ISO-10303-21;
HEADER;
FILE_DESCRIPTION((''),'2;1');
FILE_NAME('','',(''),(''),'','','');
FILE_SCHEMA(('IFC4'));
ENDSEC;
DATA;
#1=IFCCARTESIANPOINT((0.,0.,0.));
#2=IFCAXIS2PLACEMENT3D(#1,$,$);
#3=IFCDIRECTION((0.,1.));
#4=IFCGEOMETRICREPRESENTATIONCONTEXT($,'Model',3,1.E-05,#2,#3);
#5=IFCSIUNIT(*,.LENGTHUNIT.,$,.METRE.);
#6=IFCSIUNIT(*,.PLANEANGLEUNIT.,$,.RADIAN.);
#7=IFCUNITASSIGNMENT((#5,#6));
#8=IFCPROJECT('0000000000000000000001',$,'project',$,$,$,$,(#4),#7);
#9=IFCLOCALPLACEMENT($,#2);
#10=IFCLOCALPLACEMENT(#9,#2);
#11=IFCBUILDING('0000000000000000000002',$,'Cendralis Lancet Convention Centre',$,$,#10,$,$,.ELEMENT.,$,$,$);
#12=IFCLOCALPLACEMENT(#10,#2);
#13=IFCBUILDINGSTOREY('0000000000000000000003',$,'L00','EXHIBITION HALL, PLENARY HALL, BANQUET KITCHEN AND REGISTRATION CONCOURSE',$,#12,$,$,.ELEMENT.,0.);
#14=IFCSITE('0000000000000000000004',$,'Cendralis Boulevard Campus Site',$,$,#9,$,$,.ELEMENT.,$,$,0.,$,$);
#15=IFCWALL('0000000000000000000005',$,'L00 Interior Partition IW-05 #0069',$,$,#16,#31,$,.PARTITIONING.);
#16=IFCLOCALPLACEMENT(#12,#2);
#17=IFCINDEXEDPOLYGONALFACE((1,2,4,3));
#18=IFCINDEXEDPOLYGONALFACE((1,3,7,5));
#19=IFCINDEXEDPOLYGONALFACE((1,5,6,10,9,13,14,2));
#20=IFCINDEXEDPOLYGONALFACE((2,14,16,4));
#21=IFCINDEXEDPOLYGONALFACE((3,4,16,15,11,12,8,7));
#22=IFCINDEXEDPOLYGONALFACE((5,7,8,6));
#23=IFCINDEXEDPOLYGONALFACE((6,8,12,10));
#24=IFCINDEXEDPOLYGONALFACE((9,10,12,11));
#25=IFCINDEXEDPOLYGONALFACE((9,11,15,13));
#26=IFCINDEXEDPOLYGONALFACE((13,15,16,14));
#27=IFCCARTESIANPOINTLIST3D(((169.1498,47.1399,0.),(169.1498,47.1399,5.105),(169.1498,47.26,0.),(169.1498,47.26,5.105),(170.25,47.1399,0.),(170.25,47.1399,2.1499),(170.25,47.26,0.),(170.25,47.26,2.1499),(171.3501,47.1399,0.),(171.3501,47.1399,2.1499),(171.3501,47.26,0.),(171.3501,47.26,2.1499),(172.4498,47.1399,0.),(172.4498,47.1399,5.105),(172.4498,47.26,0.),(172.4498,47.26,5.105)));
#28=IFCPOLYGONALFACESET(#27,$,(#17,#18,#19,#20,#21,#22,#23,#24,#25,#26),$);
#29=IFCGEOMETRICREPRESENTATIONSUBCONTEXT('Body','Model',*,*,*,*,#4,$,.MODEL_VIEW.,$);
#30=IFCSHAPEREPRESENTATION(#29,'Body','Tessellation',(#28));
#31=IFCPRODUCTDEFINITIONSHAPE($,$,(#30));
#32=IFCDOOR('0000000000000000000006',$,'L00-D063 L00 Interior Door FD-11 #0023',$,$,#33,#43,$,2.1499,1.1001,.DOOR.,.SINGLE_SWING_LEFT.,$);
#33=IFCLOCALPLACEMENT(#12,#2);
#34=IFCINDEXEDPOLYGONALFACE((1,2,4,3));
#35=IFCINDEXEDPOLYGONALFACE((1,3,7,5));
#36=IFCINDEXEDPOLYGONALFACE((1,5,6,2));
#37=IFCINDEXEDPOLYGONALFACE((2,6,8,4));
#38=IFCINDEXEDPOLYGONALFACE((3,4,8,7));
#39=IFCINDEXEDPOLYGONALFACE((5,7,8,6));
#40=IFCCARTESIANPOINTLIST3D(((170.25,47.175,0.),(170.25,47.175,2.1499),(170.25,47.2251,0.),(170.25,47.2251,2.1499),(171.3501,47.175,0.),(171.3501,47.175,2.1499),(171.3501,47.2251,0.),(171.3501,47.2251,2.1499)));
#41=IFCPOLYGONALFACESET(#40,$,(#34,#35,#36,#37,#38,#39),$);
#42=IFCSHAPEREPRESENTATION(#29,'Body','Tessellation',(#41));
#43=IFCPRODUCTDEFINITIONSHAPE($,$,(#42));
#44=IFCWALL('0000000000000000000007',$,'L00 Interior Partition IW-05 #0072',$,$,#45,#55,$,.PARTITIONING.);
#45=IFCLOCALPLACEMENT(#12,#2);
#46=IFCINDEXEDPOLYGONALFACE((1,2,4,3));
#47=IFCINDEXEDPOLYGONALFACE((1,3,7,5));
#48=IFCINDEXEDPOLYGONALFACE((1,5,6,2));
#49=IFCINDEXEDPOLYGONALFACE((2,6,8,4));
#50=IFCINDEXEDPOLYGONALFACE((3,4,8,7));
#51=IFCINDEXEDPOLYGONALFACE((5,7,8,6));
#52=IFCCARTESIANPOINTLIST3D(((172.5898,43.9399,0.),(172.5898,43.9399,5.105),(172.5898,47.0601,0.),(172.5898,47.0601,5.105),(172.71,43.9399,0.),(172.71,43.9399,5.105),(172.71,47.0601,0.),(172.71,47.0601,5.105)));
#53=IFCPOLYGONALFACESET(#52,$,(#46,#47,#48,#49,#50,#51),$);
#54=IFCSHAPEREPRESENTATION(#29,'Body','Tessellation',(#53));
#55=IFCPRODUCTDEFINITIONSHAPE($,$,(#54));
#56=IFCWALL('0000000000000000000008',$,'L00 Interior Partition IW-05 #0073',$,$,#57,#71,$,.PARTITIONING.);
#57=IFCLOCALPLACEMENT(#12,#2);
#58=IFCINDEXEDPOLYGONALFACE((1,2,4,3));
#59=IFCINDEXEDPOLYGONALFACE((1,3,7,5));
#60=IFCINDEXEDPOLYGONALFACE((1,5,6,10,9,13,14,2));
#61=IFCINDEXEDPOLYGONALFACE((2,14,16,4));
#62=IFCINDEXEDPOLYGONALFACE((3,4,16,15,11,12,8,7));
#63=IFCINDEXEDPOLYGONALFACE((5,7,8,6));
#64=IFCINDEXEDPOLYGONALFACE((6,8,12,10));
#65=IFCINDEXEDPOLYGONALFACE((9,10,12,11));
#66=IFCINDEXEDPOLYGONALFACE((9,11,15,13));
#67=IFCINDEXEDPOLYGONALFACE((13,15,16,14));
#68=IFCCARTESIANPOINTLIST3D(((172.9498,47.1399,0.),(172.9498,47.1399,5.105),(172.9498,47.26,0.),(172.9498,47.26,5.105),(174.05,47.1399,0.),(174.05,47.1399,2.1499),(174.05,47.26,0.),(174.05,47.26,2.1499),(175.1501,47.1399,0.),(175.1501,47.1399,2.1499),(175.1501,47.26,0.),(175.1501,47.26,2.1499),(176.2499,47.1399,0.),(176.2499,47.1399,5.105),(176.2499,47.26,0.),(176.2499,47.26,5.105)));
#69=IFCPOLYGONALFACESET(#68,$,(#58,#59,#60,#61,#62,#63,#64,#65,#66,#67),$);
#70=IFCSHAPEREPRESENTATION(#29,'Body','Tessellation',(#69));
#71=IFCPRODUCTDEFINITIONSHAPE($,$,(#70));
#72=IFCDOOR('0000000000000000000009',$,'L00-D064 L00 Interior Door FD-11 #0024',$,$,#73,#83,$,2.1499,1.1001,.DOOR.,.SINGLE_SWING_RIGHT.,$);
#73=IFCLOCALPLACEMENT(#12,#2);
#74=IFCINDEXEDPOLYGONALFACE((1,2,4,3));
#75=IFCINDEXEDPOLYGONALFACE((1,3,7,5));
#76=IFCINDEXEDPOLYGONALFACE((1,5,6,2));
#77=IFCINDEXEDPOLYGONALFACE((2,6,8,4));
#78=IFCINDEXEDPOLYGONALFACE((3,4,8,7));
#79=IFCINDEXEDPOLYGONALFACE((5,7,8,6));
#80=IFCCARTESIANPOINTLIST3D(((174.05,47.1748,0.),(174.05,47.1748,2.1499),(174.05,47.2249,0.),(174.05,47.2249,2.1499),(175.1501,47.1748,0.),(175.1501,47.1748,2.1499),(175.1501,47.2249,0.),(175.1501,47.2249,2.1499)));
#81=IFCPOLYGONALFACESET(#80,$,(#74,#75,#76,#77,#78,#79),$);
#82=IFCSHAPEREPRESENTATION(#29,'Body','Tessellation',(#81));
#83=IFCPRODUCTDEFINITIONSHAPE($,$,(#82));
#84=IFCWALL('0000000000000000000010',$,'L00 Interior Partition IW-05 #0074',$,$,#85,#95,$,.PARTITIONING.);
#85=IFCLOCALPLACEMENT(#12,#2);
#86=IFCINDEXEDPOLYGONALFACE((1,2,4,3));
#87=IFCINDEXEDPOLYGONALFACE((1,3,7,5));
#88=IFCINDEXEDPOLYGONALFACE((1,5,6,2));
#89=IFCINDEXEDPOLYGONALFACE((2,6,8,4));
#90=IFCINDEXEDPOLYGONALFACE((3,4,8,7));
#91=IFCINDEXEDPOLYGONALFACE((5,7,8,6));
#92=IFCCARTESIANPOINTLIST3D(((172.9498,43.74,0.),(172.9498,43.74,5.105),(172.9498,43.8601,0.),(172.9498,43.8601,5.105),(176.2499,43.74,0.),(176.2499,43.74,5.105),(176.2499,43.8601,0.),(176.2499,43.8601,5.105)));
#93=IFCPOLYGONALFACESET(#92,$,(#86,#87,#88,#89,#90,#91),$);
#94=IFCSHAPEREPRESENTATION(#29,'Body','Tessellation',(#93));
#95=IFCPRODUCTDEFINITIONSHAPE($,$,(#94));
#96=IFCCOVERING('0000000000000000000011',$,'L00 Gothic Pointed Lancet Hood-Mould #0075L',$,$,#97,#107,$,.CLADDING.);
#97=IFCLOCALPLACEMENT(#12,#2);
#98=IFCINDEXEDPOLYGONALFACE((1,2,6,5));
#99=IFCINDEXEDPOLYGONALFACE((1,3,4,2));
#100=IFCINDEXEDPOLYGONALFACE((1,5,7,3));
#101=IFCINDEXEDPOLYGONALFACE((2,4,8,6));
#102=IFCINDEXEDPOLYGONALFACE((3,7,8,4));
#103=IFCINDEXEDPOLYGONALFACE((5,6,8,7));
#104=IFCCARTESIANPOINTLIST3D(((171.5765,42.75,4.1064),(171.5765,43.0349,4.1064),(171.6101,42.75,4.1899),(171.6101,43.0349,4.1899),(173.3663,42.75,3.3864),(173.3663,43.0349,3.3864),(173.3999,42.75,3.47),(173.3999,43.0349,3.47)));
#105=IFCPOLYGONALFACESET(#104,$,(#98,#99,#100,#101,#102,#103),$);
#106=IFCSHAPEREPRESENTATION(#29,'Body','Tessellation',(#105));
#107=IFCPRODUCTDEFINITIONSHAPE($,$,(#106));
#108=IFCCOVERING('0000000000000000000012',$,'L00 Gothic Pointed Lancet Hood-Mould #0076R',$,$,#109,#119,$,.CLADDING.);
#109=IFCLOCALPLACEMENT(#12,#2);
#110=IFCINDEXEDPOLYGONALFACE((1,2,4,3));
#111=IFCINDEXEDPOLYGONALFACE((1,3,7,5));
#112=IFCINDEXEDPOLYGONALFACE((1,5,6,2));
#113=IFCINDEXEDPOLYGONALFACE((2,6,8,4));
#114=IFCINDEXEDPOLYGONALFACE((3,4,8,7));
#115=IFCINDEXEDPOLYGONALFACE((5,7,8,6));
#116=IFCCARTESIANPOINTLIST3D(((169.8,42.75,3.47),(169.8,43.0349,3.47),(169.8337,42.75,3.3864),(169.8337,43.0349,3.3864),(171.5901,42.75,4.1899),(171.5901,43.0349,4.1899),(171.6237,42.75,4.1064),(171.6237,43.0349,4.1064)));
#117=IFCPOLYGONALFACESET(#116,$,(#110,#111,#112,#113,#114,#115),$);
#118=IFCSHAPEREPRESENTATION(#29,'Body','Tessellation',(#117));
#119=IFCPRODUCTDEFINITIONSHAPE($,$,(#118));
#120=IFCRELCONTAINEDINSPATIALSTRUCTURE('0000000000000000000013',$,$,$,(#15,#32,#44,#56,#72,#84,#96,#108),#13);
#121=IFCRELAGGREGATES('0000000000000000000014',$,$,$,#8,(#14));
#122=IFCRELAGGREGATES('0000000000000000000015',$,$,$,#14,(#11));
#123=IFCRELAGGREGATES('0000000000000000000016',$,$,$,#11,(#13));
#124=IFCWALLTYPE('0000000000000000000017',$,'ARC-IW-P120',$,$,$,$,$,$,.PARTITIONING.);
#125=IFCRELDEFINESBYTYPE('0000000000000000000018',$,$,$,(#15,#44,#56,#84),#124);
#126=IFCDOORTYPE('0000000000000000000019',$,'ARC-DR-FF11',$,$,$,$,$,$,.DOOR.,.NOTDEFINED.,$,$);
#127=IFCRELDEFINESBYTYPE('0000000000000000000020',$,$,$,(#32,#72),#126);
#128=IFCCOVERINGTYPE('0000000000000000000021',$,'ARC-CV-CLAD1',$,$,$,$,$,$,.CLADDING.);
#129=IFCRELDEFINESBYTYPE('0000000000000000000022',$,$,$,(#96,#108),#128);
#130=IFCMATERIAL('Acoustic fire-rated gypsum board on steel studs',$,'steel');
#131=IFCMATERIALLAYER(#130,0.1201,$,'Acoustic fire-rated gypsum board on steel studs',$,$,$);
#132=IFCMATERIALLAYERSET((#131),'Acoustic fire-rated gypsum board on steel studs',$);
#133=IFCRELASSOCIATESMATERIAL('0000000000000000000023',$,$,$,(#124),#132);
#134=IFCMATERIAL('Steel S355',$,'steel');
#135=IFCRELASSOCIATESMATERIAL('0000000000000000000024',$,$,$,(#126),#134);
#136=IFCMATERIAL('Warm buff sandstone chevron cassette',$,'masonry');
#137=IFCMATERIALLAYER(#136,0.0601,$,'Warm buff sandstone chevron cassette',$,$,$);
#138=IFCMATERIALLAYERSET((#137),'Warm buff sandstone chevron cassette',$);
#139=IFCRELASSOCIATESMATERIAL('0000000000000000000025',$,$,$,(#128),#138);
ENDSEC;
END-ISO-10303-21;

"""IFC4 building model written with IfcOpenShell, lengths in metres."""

from ifc_helpers import new_model, si_unit, direction, frame, frame_2d, origin, place, context, subcontext, project, spatial, polyline, rectangle, outline, extrude, material, layer, layer_set, type_object, element, fill, save


model = new_model("IFC4")

# Units and contexts
model_context = context("Model", 3, precision=1e-05, world=origin(), true_north=direction((0.0, 1.0)))
body_context = subcontext(model_context, "Body", "Model", "MODEL_VIEW")
ifc_project = project(units=[si_unit("LENGTHUNIT", "METRE"), si_unit("PLANEANGLEUNIT", "RADIAN")], contexts=[model_context])

# Site, building, storey
site_placement = place(None, origin())
site = spatial("IfcSite", under=ifc_project, at=site_placement, Name="Cendralis Boulevard Campus Site", CompositionType="ELEMENT", RefElevation=0.0)
building_placement = place(site_placement, origin())
building = spatial("IfcBuilding", under=site, at=building_placement, Name="Cendralis Lancet Convention Centre", CompositionType="ELEMENT")
storey_placement = place(building_placement, origin())
storey = spatial("IfcBuildingStorey", under=building, at=storey_placement, Name="L00", Description="EXHIBITION HALL, PLENARY HALL, BANQUET KITCHEN AND REGISTRATION CONCOURSE", CompositionType="ELEMENT", Elevation=0.0)

# Wall, opening, door
ifc_material_1 = material(Name="Acoustic fire-rated gypsum board on steel studs", Category="steel")
ifc_layer_1 = layer(ifc_material_1, 0.1201, Name="Acoustic fire-rated gypsum board on steel studs")
ifc_layer_set_1 = layer_set([ifc_layer_1], Name="Acoustic fire-rated gypsum board on steel studs")
wall_type_1 = type_object("IfcWallType", Name="ARC-IW-P120", PredefinedType="PARTITIONING", material=ifc_layer_set_1)
wall_1_placement = place(storey_placement, frame((169.1499, 47.2, 0.0), z_axis=(0.0, 0.0, 1.0), x_axis=(1.0, 0.0, 0.0)))
wall_1 = element("IfcWall", 1, at=wall_1_placement, inside=storey, type_object=wall_type_1, Name="L00 Interior Partition IW-05 #0069", PredefinedType="PARTITIONING", context=body_context, shape_type="SweptSolid", body=[
    extrude(rectangle(XDim=3.3, YDim=0.1201, at=frame_2d((1.6499, 0.0))), origin(), (0.0, 0.0, 1.0), 5.105),
])
opening_1_placement = place(wall_1_placement, frame((1.1001, 0.0, 0.0)))
opening_1 = element("IfcOpeningElement", 2, at=opening_1_placement, cuts=wall_1, PredefinedType="OPENING", context=body_context, shape_type="SweptSolid", body=[
    extrude(rectangle(XDim=1.1001, YDim=2.1499, at=frame_2d((0.55, 1.075))), frame((0.0, 0.0701, 0.0), z_axis=(0.0, -1.0, 0.0), x_axis=(1.0, 0.0, 0.0)), (0.0, 0.0, 1.0), 0.1401),
])
ifc_material_2 = material(Name="Steel S355", Category="steel")
door_type = type_object("IfcDoorType", Name="ARC-DR-FF11", OperationType="NOTDEFINED", PredefinedType="DOOR", material=ifc_material_2)
door_1_placement = place(opening_1_placement, frame((1.1001, 0.0, 0.0), z_axis=(0.0, 0.0, 1.0), x_axis=(-1.0, 0.0, 0.0)))
door_1 = element("IfcDoor", 3, at=door_1_placement, inside=storey, type_object=door_type, Name="L00-D063 L00 Interior Door FD-11 #0023", OperationType="SINGLE_SWING_LEFT", OverallHeight=2.1499, OverallWidth=1.1001, PredefinedType="DOOR", context=body_context, shape_type="SweptSolid", body=[
    extrude(rectangle(XDim=1.1001, YDim=2.1499, at=frame_2d((0.55, 1.075))), frame((0.0, 0.0249, 0.0), z_axis=(0.0, -1.0, 0.0), x_axis=(1.0, 0.0, 0.0)), (0.0, 0.0, 1.0), 0.05),
])
fill(opening_1, door_1)

# Wall
wall_2_placement = place(storey_placement, frame((172.6499, 43.9399, 0.0), z_axis=(0.0, 0.0, 1.0), x_axis=(0.0, 1.0, 0.0)))
element("IfcWall", 4, at=wall_2_placement, inside=storey, type_object=wall_type_1, Name="L00 Interior Partition IW-05 #0072", PredefinedType="PARTITIONING", context=body_context, shape_type="SweptSolid", body=[
    extrude(rectangle(XDim=3.1201, YDim=0.1201, at=frame_2d((1.5601, 0.0))), origin(), (0.0, 0.0, 1.0), 5.105),
])

# Wall, opening, door
wall_3_placement = place(storey_placement, frame((172.95, 47.2, 0.0), z_axis=(0.0, 0.0, 1.0), x_axis=(1.0, 0.0, 0.0)))
wall_3 = element("IfcWall", 5, at=wall_3_placement, inside=storey, type_object=wall_type_1, Name="L00 Interior Partition IW-05 #0073", PredefinedType="PARTITIONING", context=body_context, shape_type="SweptSolid", body=[
    extrude(rectangle(XDim=3.3, YDim=0.1201, at=frame_2d((1.6499, 0.0))), origin(), (0.0, 0.0, 1.0), 5.105),
])
opening_2_placement = place(wall_3_placement, frame((1.1001, 0.0, 0.0)))
opening_2 = element("IfcOpeningElement", 6, at=opening_2_placement, cuts=wall_3, PredefinedType="OPENING", context=body_context, shape_type="SweptSolid", body=[
    extrude(rectangle(XDim=1.1001, YDim=2.1499, at=frame_2d((0.55, 1.075))), frame((0.0, 0.0701, 0.0), z_axis=(0.0, -1.0, 0.0), x_axis=(1.0, 0.0, 0.0)), (0.0, 0.0, 1.0), 0.1401),
])
door_2_placement = place(opening_2_placement, origin())
door_2 = element("IfcDoor", 7, at=door_2_placement, inside=storey, type_object=door_type, Name="L00-D064 L00 Interior Door FD-11 #0024", OperationType="SINGLE_SWING_RIGHT", OverallHeight=2.1499, OverallWidth=1.1001, PredefinedType="DOOR", context=body_context, shape_type="SweptSolid", body=[
    extrude(rectangle(XDim=1.1001, YDim=2.1499, at=frame_2d((0.55, 1.075))), frame((0.0, 0.0249, 0.0), z_axis=(0.0, -1.0, 0.0), x_axis=(1.0, 0.0, 0.0)), (0.0, 0.0, 1.0), 0.05),
])
fill(opening_2, door_2)

# Wall
wall_4_placement = place(storey_placement, frame((172.95, 43.8, 0.0), z_axis=(0.0, 0.0, 1.0), x_axis=(1.0, 0.0, 0.0)))
element("IfcWall", 8, at=wall_4_placement, inside=storey, type_object=wall_type_1, Name="L00 Interior Partition IW-05 #0074", PredefinedType="PARTITIONING", context=body_context, shape_type="SweptSolid", body=[
    extrude(rectangle(XDim=3.3, YDim=0.1201, at=frame_2d((1.6499, 0.0))), origin(), (0.0, 0.0, 1.0), 5.105),
])

# Coverings
ifc_material_3 = material(Name="Warm buff sandstone chevron cassette", Category="masonry")
ifc_layer_2 = layer(ifc_material_3, 0.0601, Name="Warm buff sandstone chevron cassette")
ifc_layer_set_2 = layer_set([ifc_layer_2], Name="Warm buff sandstone chevron cassette")
covering_type = type_object("IfcCoveringType", Name="ARC-CV-CLAD1", PredefinedType="CLADDING", material=ifc_layer_set_2)
covering_1_placement = place(storey_placement, frame((173.3999, 42.75, 3.47), z_axis=(0.373201, 0.0, 0.927751), x_axis=(0.0, 1.0, 0.0)))
element("IfcCovering", 9, at=covering_1_placement, inside=storey, type_object=covering_type, Name="L00 Gothic Pointed Lancet Hood-Mould #0075L", PredefinedType="CLADDING", context=body_context, shape_type="SweptSolid", body=[
    extrude(outline(polyline([(0.0, 0.0), (0.2849, 0.0), (0.2849, 1.9292), (0.0, 1.9292), (0.0, 0.0)])), origin(), (0.0, 0.0, -1.0), 0.0901),
])
covering_2_placement = place(storey_placement, frame((171.5901, 42.75, 4.1899), z_axis=(-0.373157, 0.0, 0.927768), x_axis=(0.0, 1.0, 0.0)))
element("IfcCovering", 10, at=covering_2_placement, inside=storey, type_object=covering_type, Name="L00 Gothic Pointed Lancet Hood-Mould #0076R", PredefinedType="CLADDING", context=body_context, shape_type="SweptSolid", body=[
    extrude(outline(polyline([(0.0, 0.0), (0.2849, 0.0), (0.2849, 1.9294), (0.0, 1.9294), (0.0, 0.0)])), origin(), (0.0, 0.0, -1.0), 0.0901),
])

save(model, "model.ifc")
